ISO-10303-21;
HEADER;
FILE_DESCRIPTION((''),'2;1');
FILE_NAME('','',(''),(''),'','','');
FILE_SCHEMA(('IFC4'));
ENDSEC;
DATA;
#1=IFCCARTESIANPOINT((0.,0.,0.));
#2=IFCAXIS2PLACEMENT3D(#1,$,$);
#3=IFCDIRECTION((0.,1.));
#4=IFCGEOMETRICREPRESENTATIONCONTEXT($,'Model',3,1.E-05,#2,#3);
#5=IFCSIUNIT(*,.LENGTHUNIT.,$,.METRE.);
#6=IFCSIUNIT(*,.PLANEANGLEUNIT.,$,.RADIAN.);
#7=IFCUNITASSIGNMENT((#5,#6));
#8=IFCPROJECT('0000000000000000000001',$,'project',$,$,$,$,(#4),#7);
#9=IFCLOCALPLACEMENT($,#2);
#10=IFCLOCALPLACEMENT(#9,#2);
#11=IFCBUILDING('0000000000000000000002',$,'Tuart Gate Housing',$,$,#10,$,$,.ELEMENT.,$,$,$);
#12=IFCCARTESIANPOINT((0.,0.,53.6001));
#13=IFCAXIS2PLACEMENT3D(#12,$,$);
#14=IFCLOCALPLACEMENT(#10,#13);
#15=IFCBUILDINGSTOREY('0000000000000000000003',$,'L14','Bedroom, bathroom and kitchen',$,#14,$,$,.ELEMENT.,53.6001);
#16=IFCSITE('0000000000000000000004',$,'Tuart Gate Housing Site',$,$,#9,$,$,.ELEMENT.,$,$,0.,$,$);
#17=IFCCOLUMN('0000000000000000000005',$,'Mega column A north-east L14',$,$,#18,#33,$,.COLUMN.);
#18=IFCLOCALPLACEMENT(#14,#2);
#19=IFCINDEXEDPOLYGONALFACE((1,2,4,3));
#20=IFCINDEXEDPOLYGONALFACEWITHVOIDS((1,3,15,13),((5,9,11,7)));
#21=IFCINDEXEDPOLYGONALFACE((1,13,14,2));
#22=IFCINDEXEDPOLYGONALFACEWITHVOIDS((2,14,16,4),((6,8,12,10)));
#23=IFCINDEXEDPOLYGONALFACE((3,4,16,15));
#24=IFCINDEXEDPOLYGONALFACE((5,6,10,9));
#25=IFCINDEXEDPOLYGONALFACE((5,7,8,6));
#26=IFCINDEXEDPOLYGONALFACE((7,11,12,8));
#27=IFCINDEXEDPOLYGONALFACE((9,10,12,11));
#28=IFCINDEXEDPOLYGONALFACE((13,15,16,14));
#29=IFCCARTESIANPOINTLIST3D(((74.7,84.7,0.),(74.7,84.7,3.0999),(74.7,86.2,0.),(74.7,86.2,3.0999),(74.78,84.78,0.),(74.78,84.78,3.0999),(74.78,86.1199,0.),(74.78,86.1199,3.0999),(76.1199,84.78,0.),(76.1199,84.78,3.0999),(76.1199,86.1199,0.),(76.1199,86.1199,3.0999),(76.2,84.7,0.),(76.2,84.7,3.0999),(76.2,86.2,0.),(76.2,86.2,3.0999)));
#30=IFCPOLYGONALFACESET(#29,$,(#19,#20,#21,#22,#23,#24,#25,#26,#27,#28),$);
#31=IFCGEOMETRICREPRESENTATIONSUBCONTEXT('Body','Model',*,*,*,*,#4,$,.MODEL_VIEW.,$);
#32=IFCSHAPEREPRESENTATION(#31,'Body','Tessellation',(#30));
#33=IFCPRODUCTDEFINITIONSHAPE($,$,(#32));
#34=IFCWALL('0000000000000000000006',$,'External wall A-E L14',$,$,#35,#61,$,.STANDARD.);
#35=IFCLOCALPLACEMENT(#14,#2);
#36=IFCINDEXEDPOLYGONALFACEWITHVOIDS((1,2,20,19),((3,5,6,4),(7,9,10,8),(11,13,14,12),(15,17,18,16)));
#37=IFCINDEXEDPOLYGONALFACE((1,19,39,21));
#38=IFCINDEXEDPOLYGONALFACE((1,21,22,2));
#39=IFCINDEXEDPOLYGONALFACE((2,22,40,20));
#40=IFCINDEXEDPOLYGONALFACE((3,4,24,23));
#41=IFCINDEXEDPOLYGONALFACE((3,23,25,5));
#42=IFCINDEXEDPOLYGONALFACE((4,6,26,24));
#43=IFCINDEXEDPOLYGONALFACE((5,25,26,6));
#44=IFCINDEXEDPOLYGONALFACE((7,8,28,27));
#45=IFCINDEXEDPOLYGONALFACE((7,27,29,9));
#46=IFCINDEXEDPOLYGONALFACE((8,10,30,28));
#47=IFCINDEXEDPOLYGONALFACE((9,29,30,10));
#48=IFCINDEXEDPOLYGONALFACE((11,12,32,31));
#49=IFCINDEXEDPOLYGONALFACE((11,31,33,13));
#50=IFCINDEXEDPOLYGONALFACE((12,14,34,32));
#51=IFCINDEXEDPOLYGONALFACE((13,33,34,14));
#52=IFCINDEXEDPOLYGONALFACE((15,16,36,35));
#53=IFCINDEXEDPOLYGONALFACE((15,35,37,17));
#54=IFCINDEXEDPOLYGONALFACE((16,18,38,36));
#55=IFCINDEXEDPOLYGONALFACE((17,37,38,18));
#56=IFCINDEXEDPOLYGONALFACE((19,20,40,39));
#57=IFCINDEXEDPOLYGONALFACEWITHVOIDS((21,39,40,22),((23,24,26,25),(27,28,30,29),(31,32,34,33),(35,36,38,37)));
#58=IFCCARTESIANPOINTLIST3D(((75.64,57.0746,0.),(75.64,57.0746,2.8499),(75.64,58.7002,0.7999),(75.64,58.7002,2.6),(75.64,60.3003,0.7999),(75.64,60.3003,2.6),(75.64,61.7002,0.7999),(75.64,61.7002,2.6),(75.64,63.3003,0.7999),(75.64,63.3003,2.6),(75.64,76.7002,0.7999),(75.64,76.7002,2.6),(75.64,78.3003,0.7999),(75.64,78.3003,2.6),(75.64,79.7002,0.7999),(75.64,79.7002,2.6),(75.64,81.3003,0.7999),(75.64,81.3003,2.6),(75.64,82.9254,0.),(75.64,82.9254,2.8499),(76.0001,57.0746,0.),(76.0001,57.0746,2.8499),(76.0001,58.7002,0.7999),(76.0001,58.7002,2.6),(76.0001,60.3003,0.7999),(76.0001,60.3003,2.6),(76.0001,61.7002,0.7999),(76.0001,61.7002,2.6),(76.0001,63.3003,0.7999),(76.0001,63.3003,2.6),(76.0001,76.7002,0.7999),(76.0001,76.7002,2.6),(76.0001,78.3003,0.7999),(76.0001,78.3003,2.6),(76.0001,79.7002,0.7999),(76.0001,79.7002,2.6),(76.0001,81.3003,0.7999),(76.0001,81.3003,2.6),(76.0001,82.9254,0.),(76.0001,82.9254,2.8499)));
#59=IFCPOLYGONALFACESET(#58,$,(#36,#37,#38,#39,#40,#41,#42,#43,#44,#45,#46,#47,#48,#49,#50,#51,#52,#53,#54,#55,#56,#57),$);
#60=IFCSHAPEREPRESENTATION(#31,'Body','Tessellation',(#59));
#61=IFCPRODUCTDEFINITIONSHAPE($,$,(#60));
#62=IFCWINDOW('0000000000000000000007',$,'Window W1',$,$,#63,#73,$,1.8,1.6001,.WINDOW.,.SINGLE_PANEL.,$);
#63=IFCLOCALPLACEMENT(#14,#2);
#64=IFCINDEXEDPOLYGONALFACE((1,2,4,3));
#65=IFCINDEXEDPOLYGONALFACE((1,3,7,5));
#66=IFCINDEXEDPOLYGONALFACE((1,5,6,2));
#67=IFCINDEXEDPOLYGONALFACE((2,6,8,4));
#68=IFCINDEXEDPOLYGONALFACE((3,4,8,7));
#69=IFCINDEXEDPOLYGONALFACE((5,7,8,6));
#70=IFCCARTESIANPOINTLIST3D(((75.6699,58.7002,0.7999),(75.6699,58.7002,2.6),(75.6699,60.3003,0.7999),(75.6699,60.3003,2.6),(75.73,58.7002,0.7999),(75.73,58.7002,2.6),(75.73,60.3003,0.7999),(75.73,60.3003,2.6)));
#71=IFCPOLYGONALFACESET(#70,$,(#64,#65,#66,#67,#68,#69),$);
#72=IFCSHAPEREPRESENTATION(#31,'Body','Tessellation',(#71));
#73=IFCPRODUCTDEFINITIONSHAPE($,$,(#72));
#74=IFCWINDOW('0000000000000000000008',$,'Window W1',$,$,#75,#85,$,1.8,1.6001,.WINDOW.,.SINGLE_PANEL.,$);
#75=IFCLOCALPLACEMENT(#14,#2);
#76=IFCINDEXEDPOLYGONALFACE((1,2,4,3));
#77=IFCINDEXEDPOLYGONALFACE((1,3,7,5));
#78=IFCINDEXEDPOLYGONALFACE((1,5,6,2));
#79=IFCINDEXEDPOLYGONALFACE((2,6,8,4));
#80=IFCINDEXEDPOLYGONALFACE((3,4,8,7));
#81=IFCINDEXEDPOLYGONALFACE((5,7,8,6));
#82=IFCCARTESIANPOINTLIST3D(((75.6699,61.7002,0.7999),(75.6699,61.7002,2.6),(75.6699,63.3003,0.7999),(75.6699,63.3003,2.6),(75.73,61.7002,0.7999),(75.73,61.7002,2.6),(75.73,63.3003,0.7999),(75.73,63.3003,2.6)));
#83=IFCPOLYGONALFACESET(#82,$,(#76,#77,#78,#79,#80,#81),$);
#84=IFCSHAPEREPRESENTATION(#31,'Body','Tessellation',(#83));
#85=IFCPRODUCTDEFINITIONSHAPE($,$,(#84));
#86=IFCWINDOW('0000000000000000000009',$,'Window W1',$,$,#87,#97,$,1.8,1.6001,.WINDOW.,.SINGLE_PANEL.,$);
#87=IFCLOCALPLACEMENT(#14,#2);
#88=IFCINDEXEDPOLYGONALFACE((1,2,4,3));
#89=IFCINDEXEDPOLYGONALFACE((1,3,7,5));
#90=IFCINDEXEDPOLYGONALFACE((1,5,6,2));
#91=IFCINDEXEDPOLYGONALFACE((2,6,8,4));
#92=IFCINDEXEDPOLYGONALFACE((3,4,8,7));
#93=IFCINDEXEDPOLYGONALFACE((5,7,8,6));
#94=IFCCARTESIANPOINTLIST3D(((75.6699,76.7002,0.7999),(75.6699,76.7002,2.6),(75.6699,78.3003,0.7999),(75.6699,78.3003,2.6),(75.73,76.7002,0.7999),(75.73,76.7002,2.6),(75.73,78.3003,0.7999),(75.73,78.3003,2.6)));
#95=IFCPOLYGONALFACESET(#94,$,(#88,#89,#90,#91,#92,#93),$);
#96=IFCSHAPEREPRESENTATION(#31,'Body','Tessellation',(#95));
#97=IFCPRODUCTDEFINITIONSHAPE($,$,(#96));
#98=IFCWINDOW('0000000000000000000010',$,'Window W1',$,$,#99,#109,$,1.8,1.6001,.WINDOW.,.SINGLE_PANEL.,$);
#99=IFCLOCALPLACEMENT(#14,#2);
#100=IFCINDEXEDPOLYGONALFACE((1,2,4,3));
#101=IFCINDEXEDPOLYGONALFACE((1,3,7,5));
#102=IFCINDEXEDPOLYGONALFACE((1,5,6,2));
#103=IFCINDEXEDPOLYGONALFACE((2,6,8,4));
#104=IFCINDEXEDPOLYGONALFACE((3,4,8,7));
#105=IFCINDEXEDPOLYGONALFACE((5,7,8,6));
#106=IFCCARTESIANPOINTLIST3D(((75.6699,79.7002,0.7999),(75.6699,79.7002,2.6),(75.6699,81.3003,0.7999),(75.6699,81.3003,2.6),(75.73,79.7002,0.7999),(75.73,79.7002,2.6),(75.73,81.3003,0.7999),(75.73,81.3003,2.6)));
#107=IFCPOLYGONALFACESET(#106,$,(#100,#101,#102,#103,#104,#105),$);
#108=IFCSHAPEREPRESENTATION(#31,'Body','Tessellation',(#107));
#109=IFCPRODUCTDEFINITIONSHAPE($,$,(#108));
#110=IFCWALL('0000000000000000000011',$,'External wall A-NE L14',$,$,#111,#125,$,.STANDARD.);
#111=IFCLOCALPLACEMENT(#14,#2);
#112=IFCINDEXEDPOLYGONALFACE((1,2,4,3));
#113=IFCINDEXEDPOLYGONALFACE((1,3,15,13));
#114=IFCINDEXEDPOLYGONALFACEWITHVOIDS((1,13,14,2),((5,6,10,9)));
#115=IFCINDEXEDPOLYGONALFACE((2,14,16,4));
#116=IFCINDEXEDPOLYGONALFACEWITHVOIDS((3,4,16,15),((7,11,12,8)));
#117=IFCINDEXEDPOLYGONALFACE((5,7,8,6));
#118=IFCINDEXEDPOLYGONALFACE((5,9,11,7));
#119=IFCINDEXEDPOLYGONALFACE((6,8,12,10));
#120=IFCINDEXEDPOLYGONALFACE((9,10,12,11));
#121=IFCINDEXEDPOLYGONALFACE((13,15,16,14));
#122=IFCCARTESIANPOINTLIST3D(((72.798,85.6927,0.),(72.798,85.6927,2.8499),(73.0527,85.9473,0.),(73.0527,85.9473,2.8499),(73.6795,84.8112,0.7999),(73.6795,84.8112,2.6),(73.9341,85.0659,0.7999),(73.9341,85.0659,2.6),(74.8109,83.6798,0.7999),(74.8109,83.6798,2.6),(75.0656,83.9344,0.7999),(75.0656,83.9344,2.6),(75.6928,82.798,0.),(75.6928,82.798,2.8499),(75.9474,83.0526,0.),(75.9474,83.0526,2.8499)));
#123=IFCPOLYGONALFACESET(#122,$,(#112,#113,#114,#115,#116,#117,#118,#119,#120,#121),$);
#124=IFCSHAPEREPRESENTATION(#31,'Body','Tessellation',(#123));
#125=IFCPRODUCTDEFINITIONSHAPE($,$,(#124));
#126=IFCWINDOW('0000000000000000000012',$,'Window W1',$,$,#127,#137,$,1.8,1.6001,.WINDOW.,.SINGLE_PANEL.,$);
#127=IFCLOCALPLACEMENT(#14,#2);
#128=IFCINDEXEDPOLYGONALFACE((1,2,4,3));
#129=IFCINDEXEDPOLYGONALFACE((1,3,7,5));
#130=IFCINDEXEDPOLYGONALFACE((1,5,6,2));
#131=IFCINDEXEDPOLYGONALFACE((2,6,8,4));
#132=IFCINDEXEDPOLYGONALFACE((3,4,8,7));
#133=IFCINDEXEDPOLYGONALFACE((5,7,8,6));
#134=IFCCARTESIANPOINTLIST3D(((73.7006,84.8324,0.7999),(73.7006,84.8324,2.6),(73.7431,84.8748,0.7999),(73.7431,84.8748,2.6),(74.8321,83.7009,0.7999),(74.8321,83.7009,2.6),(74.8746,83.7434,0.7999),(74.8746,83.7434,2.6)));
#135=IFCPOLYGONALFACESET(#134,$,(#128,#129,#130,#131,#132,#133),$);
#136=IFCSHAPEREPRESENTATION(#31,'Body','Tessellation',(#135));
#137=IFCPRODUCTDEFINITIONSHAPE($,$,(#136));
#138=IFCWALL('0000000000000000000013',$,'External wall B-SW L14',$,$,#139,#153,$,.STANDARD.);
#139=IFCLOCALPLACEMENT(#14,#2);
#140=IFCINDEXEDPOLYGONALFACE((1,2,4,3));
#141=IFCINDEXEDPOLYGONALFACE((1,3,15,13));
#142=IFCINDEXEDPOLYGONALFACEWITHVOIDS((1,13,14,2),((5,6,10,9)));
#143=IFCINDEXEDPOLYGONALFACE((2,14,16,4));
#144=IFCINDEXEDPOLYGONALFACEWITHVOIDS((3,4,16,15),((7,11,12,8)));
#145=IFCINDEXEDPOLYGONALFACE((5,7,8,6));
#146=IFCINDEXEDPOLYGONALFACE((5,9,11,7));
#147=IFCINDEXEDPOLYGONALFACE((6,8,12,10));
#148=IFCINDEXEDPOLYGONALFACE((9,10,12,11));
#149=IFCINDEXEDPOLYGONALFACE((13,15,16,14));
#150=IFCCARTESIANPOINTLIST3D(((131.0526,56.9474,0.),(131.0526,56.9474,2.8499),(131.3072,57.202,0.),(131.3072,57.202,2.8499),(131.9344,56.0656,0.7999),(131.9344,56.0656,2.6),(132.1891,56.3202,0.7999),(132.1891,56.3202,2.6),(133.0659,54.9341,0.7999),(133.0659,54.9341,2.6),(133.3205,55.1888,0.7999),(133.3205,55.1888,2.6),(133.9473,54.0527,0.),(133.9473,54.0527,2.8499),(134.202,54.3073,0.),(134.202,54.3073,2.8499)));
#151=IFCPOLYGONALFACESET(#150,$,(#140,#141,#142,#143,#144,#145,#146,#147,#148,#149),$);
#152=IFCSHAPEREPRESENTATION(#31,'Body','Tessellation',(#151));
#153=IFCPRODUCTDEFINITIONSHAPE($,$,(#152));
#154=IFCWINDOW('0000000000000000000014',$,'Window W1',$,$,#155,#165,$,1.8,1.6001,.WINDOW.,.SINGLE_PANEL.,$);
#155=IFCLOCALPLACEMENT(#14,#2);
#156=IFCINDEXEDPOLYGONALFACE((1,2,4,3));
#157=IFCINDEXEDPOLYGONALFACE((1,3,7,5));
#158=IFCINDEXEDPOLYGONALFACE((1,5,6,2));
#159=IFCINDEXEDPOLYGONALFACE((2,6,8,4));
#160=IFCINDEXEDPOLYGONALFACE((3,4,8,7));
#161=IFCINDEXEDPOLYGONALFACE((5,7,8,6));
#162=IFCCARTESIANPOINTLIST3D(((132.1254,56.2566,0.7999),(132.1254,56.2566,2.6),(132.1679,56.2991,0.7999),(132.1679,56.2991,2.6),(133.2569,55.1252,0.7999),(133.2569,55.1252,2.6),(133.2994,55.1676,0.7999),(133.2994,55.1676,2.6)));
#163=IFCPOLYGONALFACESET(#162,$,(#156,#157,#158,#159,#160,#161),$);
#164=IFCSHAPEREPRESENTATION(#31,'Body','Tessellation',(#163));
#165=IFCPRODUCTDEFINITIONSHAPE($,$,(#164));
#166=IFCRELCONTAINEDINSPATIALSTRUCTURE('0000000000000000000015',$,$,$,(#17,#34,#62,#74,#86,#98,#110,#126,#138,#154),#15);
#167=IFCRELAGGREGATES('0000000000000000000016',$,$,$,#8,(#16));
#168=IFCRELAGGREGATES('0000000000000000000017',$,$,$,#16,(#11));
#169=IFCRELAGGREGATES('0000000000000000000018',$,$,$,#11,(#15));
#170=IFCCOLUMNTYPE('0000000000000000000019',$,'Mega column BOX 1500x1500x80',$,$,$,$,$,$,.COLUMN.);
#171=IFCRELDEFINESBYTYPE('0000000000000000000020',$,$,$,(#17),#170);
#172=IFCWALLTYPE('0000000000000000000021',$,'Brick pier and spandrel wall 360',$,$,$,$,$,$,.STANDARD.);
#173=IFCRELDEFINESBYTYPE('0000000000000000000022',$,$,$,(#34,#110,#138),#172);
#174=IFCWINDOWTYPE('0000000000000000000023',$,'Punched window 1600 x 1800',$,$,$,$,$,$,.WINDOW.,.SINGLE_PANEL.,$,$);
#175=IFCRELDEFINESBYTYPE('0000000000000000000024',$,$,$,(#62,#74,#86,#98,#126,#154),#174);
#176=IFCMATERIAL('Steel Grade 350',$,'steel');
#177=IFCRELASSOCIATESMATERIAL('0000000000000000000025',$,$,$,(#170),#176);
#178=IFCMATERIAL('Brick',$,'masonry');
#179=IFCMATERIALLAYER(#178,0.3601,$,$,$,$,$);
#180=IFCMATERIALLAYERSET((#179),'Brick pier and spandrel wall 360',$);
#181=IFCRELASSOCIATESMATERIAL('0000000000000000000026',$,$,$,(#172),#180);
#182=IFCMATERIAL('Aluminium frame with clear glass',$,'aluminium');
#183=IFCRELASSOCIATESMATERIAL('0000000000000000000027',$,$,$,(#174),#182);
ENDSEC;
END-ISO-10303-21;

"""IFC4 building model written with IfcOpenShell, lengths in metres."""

from ifc_helpers import new_model, si_unit, direction, frame, frame_2d, origin, origin_2d, place, context, subcontext, project, spatial, rectangle, hollow_rectangle, extrude, material, layer, layer_set, material_profile, profile_set, type_object, element, fill, save


model = new_model("IFC4")

# Units and contexts
model_context = context("Model", 3, precision=1e-05, world=origin(), true_north=direction((0.0, 1.0)))
body_context = subcontext(model_context, "Body", "Model", "MODEL_VIEW")
ifc_project = project(units=[si_unit("LENGTHUNIT", "METRE"), si_unit("PLANEANGLEUNIT", "RADIAN")], contexts=[model_context])

# Site, building, storey
site_placement = place(None, origin())
site = spatial("IfcSite", under=ifc_project, at=site_placement, Name="Tuart Gate Housing Site", CompositionType="ELEMENT", RefElevation=0.0)
building_placement = place(site_placement, origin())
building = spatial("IfcBuilding", under=site, at=building_placement, Name="Tuart Gate Housing", CompositionType="ELEMENT")
storey_placement = place(building_placement, frame((0.0, 0.0, 53.6001)))
storey = spatial("IfcBuildingStorey", under=building, at=storey_placement, Name="L14", Description="Bedroom, bathroom and kitchen", CompositionType="ELEMENT", Elevation=53.6001)

# Column
ifc_material_1 = material(Name="Steel Grade 350", Category="steel")
ifc_material_profile = material_profile(ifc_material_1, hollow_rectangle(XDim=1.5, YDim=1.5, WallThickness=0.0801, at=origin_2d()), Name="BOX 1500x1500x80")
ifc_profile_set = profile_set([ifc_material_profile], Name="Steel Grade 350")
column_type = type_object("IfcColumnType", Name="Mega column BOX 1500x1500x80", PredefinedType="COLUMN", material=ifc_profile_set)
column_placement = place(storey_placement, frame((75.45, 85.45, 0.0), z_axis=(0.0, 0.0, 1.0), x_axis=(1.0, 0.0, 0.0)))
element("IfcColumn", 1, at=column_placement, inside=storey, type_object=column_type, Name="Mega column A north-east L14", PredefinedType="COLUMN", context=body_context, shape_type="SweptSolid", body=[
    extrude(hollow_rectangle(XDim=1.5, YDim=1.5, WallThickness=0.0801, at=origin_2d()), origin(), (0.0, 0.0, 1.0), 3.0999),
])

# Wall, openings, windows
ifc_material_2 = material(Name="Brick", Category="masonry")
ifc_layer_1 = layer(ifc_material_2, 0.3601)
ifc_layer_set_1 = layer_set([ifc_layer_1], Name="Brick pier and spandrel wall 360")
wall_type_1 = type_object("IfcWallType", Name="Brick pier and spandrel wall 360", PredefinedType="STANDARD", material=ifc_layer_set_1)
wall_1_placement = place(storey_placement, frame((75.8201, 57.0747, 0.0), z_axis=(0.0, 0.0, 1.0), x_axis=(0.0, 1.0, 0.0)))
wall_1 = element("IfcWall", 2, at=wall_1_placement, inside=storey, type_object=wall_type_1, Name="External wall A-E L14", PredefinedType="STANDARD", context=body_context, shape_type="SweptSolid", body=[
    extrude(rectangle(XDim=25.8508, YDim=0.3601, at=frame_2d((12.9253, 0.0))), origin(), (0.0, 0.0, 1.0), 2.8499),
])
opening_1_placement = place(wall_1_placement, frame((1.6255, 0.0, 0.8)))
opening_1 = element("IfcOpeningElement", 3, at=opening_1_placement, cuts=wall_1, PredefinedType="OPENING", context=body_context, shape_type="SweptSolid", body=[
    extrude(rectangle(XDim=1.6001, YDim=1.8, at=frame_2d((0.8, 0.8999))), frame((0.0, 0.1899, 0.0), z_axis=(0.0, -1.0, 0.0), x_axis=(1.0, 0.0, 0.0)), (0.0, 0.0, 1.0), 0.3801),
])
opening_2_placement = place(wall_1_placement, frame((4.6255, 0.0, 0.8)))
opening_2 = element("IfcOpeningElement", 4, at=opening_2_placement, cuts=wall_1, PredefinedType="OPENING", context=body_context, shape_type="SweptSolid", body=[
    extrude(rectangle(XDim=1.6001, YDim=1.8, at=frame_2d((0.8, 0.8999))), frame((0.0, 0.1899, 0.0), z_axis=(0.0, -1.0, 0.0), x_axis=(1.0, 0.0, 0.0)), (0.0, 0.0, 1.0), 0.3801),
])
opening_3_placement = place(wall_1_placement, frame((19.6255, 0.0, 0.8)))
opening_3 = element("IfcOpeningElement", 5, at=opening_3_placement, cuts=wall_1, PredefinedType="OPENING", context=body_context, shape_type="SweptSolid", body=[
    extrude(rectangle(XDim=1.6001, YDim=1.8, at=frame_2d((0.8, 0.8999))), frame((0.0, 0.1899, 0.0), z_axis=(0.0, -1.0, 0.0), x_axis=(1.0, 0.0, 0.0)), (0.0, 0.0, 1.0), 0.3801),
])
opening_4_placement = place(wall_1_placement, frame((22.6255, 0.0, 0.8)))
opening_4 = element("IfcOpeningElement", 6, at=opening_4_placement, cuts=wall_1, PredefinedType="OPENING", context=body_context, shape_type="SweptSolid", body=[
    extrude(rectangle(XDim=1.6001, YDim=1.8, at=frame_2d((0.8, 0.8999))), frame((0.0, 0.1899, 0.0), z_axis=(0.0, -1.0, 0.0), x_axis=(1.0, 0.0, 0.0)), (0.0, 0.0, 1.0), 0.3801),
])
ifc_material_3 = material(Name="Aluminium frame with clear glass", Category="aluminium")
window_type = type_object("IfcWindowType", Name="Punched window 1600 x 1800", PartitioningType="SINGLE_PANEL", PredefinedType="WINDOW", material=ifc_material_3)
window_1_placement = place(opening_1_placement, origin())
window_1 = element("IfcWindow", 7, at=window_1_placement, inside=storey, type_object=window_type, Name="Window W1", OverallHeight=1.8, OverallWidth=1.6001, PartitioningType="SINGLE_PANEL", PredefinedType="WINDOW", context=body_context, shape_type="SweptSolid", body=[
    extrude(rectangle(XDim=1.6001, YDim=1.8, at=frame_2d((0.8, 0.8999))), frame((0.0, 0.1501, 0.0), z_axis=(0.0, -1.0, 0.0), x_axis=(1.0, 0.0, 0.0)), (0.0, 0.0, 1.0), 0.0601),
])
fill(opening_1, window_1)
window_2_placement = place(opening_2_placement, origin())
window_2 = element("IfcWindow", 8, at=window_2_placement, inside=storey, type_object=window_type, Name="Window W1", OverallHeight=1.8, OverallWidth=1.6001, PartitioningType="SINGLE_PANEL", PredefinedType="WINDOW", context=body_context, shape_type="SweptSolid", body=[
    extrude(rectangle(XDim=1.6001, YDim=1.8, at=frame_2d((0.8, 0.8999))), frame((0.0, 0.1501, 0.0), z_axis=(0.0, -1.0, 0.0), x_axis=(1.0, 0.0, 0.0)), (0.0, 0.0, 1.0), 0.0601),
])
fill(opening_2, window_2)
window_3_placement = place(opening_3_placement, origin())
window_3 = element("IfcWindow", 9, at=window_3_placement, inside=storey, type_object=window_type, Name="Window W1", OverallHeight=1.8, OverallWidth=1.6001, PartitioningType="SINGLE_PANEL", PredefinedType="WINDOW", context=body_context, shape_type="SweptSolid", body=[
    extrude(rectangle(XDim=1.6001, YDim=1.8, at=frame_2d((0.8, 0.8999))), frame((0.0, 0.1501, 0.0), z_axis=(0.0, -1.0, 0.0), x_axis=(1.0, 0.0, 0.0)), (0.0, 0.0, 1.0), 0.0601),
])
fill(opening_3, window_3)
window_4_placement = place(opening_4_placement, origin())
window_4 = element("IfcWindow", 10, at=window_4_placement, inside=storey, type_object=window_type, Name="Window W1", OverallHeight=1.8, OverallWidth=1.6001, PartitioningType="SINGLE_PANEL", PredefinedType="WINDOW", context=body_context, shape_type="SweptSolid", body=[
    extrude(rectangle(XDim=1.6001, YDim=1.8, at=frame_2d((0.8, 0.8999))), frame((0.0, 0.1501, 0.0), z_axis=(0.0, -1.0, 0.0), x_axis=(1.0, 0.0, 0.0)), (0.0, 0.0, 1.0), 0.0601),
])
fill(opening_4, window_4)

# Walls, openings, windows
wall_2_placement = place(storey_placement, frame((75.8201, 82.9253, 0.0), z_axis=(0.0, 0.0, 1.0), x_axis=(-0.707107, 0.707107, 0.0)))
wall_2 = element("IfcWall", 11, at=wall_2_placement, inside=storey, type_object=wall_type_1, Name="External wall A-NE L14", PredefinedType="STANDARD", context=body_context, shape_type="SweptSolid", body=[
    extrude(rectangle(XDim=4.0938, YDim=0.3601, at=frame_2d((2.0469, 0.0))), origin(), (0.0, 0.0, 1.0), 2.8499),
])
opening_5_placement = place(wall_2_placement, frame((1.2471, 0.0, 0.8)))
opening_5 = element("IfcOpeningElement", 12, at=opening_5_placement, cuts=wall_2, PredefinedType="OPENING", context=body_context, shape_type="SweptSolid", body=[
    extrude(rectangle(XDim=1.6001, YDim=1.8, at=frame_2d((0.8, 0.8999))), frame((0.0, 0.1899, 0.0), z_axis=(0.0, -1.0, 0.0), x_axis=(1.0, 0.0, 0.0)), (0.0, 0.0, 1.0), 0.3801),
])
window_5_placement = place(opening_5_placement, origin())
window_5 = element("IfcWindow", 13, at=window_5_placement, inside=storey, type_object=window_type, Name="Window W1", OverallHeight=1.8, OverallWidth=1.6001, PartitioningType="SINGLE_PANEL", PredefinedType="WINDOW", context=body_context, shape_type="SweptSolid", body=[
    extrude(rectangle(XDim=1.6001, YDim=1.8, at=frame_2d((0.8, 0.8999))), frame((0.0, 0.1501, 0.0), z_axis=(0.0, -1.0, 0.0), x_axis=(1.0, 0.0, 0.0)), (0.0, 0.0, 1.0), 0.0601),
])
fill(opening_5, window_5)
wall_3_placement = place(storey_placement, frame((131.1799, 57.0747, 0.0), z_axis=(0.0, 0.0, 1.0), x_axis=(0.707107, -0.707107, 0.0)))
wall_3 = element("IfcWall", 14, at=wall_3_placement, inside=storey, type_object=wall_type_1, Name="External wall B-SW L14", PredefinedType="STANDARD", context=body_context, shape_type="SweptSolid", body=[
    extrude(rectangle(XDim=4.0938, YDim=0.3601, at=frame_2d((2.0469, 0.0))), origin(), (0.0, 0.0, 1.0), 2.8499),
])
opening_6_placement = place(wall_3_placement, frame((1.2471, 0.0, 0.8)))
opening_6 = element("IfcOpeningElement", 15, at=opening_6_placement, cuts=wall_3, PredefinedType="OPENING", context=body_context, shape_type="SweptSolid", body=[
    extrude(rectangle(XDim=1.6001, YDim=1.8, at=frame_2d((0.8, 0.8999))), frame((0.0, 0.1899, 0.0), z_axis=(0.0, -1.0, 0.0), x_axis=(1.0, 0.0, 0.0)), (0.0, 0.0, 1.0), 0.3801),
])
window_6_placement = place(opening_6_placement, origin())
window_6 = element("IfcWindow", 16, at=window_6_placement, inside=storey, type_object=window_type, Name="Window W1", OverallHeight=1.8, OverallWidth=1.6001, PartitioningType="SINGLE_PANEL", PredefinedType="WINDOW", context=body_context, shape_type="SweptSolid", body=[
    extrude(rectangle(XDim=1.6001, YDim=1.8, at=frame_2d((0.8, 0.8999))), frame((0.0, 0.1501, 0.0), z_axis=(0.0, -1.0, 0.0), x_axis=(1.0, 0.0, 0.0)), (0.0, 0.0, 1.0), 0.0601),
])
fill(opening_6, window_6)

save(model, "model.ifc")
